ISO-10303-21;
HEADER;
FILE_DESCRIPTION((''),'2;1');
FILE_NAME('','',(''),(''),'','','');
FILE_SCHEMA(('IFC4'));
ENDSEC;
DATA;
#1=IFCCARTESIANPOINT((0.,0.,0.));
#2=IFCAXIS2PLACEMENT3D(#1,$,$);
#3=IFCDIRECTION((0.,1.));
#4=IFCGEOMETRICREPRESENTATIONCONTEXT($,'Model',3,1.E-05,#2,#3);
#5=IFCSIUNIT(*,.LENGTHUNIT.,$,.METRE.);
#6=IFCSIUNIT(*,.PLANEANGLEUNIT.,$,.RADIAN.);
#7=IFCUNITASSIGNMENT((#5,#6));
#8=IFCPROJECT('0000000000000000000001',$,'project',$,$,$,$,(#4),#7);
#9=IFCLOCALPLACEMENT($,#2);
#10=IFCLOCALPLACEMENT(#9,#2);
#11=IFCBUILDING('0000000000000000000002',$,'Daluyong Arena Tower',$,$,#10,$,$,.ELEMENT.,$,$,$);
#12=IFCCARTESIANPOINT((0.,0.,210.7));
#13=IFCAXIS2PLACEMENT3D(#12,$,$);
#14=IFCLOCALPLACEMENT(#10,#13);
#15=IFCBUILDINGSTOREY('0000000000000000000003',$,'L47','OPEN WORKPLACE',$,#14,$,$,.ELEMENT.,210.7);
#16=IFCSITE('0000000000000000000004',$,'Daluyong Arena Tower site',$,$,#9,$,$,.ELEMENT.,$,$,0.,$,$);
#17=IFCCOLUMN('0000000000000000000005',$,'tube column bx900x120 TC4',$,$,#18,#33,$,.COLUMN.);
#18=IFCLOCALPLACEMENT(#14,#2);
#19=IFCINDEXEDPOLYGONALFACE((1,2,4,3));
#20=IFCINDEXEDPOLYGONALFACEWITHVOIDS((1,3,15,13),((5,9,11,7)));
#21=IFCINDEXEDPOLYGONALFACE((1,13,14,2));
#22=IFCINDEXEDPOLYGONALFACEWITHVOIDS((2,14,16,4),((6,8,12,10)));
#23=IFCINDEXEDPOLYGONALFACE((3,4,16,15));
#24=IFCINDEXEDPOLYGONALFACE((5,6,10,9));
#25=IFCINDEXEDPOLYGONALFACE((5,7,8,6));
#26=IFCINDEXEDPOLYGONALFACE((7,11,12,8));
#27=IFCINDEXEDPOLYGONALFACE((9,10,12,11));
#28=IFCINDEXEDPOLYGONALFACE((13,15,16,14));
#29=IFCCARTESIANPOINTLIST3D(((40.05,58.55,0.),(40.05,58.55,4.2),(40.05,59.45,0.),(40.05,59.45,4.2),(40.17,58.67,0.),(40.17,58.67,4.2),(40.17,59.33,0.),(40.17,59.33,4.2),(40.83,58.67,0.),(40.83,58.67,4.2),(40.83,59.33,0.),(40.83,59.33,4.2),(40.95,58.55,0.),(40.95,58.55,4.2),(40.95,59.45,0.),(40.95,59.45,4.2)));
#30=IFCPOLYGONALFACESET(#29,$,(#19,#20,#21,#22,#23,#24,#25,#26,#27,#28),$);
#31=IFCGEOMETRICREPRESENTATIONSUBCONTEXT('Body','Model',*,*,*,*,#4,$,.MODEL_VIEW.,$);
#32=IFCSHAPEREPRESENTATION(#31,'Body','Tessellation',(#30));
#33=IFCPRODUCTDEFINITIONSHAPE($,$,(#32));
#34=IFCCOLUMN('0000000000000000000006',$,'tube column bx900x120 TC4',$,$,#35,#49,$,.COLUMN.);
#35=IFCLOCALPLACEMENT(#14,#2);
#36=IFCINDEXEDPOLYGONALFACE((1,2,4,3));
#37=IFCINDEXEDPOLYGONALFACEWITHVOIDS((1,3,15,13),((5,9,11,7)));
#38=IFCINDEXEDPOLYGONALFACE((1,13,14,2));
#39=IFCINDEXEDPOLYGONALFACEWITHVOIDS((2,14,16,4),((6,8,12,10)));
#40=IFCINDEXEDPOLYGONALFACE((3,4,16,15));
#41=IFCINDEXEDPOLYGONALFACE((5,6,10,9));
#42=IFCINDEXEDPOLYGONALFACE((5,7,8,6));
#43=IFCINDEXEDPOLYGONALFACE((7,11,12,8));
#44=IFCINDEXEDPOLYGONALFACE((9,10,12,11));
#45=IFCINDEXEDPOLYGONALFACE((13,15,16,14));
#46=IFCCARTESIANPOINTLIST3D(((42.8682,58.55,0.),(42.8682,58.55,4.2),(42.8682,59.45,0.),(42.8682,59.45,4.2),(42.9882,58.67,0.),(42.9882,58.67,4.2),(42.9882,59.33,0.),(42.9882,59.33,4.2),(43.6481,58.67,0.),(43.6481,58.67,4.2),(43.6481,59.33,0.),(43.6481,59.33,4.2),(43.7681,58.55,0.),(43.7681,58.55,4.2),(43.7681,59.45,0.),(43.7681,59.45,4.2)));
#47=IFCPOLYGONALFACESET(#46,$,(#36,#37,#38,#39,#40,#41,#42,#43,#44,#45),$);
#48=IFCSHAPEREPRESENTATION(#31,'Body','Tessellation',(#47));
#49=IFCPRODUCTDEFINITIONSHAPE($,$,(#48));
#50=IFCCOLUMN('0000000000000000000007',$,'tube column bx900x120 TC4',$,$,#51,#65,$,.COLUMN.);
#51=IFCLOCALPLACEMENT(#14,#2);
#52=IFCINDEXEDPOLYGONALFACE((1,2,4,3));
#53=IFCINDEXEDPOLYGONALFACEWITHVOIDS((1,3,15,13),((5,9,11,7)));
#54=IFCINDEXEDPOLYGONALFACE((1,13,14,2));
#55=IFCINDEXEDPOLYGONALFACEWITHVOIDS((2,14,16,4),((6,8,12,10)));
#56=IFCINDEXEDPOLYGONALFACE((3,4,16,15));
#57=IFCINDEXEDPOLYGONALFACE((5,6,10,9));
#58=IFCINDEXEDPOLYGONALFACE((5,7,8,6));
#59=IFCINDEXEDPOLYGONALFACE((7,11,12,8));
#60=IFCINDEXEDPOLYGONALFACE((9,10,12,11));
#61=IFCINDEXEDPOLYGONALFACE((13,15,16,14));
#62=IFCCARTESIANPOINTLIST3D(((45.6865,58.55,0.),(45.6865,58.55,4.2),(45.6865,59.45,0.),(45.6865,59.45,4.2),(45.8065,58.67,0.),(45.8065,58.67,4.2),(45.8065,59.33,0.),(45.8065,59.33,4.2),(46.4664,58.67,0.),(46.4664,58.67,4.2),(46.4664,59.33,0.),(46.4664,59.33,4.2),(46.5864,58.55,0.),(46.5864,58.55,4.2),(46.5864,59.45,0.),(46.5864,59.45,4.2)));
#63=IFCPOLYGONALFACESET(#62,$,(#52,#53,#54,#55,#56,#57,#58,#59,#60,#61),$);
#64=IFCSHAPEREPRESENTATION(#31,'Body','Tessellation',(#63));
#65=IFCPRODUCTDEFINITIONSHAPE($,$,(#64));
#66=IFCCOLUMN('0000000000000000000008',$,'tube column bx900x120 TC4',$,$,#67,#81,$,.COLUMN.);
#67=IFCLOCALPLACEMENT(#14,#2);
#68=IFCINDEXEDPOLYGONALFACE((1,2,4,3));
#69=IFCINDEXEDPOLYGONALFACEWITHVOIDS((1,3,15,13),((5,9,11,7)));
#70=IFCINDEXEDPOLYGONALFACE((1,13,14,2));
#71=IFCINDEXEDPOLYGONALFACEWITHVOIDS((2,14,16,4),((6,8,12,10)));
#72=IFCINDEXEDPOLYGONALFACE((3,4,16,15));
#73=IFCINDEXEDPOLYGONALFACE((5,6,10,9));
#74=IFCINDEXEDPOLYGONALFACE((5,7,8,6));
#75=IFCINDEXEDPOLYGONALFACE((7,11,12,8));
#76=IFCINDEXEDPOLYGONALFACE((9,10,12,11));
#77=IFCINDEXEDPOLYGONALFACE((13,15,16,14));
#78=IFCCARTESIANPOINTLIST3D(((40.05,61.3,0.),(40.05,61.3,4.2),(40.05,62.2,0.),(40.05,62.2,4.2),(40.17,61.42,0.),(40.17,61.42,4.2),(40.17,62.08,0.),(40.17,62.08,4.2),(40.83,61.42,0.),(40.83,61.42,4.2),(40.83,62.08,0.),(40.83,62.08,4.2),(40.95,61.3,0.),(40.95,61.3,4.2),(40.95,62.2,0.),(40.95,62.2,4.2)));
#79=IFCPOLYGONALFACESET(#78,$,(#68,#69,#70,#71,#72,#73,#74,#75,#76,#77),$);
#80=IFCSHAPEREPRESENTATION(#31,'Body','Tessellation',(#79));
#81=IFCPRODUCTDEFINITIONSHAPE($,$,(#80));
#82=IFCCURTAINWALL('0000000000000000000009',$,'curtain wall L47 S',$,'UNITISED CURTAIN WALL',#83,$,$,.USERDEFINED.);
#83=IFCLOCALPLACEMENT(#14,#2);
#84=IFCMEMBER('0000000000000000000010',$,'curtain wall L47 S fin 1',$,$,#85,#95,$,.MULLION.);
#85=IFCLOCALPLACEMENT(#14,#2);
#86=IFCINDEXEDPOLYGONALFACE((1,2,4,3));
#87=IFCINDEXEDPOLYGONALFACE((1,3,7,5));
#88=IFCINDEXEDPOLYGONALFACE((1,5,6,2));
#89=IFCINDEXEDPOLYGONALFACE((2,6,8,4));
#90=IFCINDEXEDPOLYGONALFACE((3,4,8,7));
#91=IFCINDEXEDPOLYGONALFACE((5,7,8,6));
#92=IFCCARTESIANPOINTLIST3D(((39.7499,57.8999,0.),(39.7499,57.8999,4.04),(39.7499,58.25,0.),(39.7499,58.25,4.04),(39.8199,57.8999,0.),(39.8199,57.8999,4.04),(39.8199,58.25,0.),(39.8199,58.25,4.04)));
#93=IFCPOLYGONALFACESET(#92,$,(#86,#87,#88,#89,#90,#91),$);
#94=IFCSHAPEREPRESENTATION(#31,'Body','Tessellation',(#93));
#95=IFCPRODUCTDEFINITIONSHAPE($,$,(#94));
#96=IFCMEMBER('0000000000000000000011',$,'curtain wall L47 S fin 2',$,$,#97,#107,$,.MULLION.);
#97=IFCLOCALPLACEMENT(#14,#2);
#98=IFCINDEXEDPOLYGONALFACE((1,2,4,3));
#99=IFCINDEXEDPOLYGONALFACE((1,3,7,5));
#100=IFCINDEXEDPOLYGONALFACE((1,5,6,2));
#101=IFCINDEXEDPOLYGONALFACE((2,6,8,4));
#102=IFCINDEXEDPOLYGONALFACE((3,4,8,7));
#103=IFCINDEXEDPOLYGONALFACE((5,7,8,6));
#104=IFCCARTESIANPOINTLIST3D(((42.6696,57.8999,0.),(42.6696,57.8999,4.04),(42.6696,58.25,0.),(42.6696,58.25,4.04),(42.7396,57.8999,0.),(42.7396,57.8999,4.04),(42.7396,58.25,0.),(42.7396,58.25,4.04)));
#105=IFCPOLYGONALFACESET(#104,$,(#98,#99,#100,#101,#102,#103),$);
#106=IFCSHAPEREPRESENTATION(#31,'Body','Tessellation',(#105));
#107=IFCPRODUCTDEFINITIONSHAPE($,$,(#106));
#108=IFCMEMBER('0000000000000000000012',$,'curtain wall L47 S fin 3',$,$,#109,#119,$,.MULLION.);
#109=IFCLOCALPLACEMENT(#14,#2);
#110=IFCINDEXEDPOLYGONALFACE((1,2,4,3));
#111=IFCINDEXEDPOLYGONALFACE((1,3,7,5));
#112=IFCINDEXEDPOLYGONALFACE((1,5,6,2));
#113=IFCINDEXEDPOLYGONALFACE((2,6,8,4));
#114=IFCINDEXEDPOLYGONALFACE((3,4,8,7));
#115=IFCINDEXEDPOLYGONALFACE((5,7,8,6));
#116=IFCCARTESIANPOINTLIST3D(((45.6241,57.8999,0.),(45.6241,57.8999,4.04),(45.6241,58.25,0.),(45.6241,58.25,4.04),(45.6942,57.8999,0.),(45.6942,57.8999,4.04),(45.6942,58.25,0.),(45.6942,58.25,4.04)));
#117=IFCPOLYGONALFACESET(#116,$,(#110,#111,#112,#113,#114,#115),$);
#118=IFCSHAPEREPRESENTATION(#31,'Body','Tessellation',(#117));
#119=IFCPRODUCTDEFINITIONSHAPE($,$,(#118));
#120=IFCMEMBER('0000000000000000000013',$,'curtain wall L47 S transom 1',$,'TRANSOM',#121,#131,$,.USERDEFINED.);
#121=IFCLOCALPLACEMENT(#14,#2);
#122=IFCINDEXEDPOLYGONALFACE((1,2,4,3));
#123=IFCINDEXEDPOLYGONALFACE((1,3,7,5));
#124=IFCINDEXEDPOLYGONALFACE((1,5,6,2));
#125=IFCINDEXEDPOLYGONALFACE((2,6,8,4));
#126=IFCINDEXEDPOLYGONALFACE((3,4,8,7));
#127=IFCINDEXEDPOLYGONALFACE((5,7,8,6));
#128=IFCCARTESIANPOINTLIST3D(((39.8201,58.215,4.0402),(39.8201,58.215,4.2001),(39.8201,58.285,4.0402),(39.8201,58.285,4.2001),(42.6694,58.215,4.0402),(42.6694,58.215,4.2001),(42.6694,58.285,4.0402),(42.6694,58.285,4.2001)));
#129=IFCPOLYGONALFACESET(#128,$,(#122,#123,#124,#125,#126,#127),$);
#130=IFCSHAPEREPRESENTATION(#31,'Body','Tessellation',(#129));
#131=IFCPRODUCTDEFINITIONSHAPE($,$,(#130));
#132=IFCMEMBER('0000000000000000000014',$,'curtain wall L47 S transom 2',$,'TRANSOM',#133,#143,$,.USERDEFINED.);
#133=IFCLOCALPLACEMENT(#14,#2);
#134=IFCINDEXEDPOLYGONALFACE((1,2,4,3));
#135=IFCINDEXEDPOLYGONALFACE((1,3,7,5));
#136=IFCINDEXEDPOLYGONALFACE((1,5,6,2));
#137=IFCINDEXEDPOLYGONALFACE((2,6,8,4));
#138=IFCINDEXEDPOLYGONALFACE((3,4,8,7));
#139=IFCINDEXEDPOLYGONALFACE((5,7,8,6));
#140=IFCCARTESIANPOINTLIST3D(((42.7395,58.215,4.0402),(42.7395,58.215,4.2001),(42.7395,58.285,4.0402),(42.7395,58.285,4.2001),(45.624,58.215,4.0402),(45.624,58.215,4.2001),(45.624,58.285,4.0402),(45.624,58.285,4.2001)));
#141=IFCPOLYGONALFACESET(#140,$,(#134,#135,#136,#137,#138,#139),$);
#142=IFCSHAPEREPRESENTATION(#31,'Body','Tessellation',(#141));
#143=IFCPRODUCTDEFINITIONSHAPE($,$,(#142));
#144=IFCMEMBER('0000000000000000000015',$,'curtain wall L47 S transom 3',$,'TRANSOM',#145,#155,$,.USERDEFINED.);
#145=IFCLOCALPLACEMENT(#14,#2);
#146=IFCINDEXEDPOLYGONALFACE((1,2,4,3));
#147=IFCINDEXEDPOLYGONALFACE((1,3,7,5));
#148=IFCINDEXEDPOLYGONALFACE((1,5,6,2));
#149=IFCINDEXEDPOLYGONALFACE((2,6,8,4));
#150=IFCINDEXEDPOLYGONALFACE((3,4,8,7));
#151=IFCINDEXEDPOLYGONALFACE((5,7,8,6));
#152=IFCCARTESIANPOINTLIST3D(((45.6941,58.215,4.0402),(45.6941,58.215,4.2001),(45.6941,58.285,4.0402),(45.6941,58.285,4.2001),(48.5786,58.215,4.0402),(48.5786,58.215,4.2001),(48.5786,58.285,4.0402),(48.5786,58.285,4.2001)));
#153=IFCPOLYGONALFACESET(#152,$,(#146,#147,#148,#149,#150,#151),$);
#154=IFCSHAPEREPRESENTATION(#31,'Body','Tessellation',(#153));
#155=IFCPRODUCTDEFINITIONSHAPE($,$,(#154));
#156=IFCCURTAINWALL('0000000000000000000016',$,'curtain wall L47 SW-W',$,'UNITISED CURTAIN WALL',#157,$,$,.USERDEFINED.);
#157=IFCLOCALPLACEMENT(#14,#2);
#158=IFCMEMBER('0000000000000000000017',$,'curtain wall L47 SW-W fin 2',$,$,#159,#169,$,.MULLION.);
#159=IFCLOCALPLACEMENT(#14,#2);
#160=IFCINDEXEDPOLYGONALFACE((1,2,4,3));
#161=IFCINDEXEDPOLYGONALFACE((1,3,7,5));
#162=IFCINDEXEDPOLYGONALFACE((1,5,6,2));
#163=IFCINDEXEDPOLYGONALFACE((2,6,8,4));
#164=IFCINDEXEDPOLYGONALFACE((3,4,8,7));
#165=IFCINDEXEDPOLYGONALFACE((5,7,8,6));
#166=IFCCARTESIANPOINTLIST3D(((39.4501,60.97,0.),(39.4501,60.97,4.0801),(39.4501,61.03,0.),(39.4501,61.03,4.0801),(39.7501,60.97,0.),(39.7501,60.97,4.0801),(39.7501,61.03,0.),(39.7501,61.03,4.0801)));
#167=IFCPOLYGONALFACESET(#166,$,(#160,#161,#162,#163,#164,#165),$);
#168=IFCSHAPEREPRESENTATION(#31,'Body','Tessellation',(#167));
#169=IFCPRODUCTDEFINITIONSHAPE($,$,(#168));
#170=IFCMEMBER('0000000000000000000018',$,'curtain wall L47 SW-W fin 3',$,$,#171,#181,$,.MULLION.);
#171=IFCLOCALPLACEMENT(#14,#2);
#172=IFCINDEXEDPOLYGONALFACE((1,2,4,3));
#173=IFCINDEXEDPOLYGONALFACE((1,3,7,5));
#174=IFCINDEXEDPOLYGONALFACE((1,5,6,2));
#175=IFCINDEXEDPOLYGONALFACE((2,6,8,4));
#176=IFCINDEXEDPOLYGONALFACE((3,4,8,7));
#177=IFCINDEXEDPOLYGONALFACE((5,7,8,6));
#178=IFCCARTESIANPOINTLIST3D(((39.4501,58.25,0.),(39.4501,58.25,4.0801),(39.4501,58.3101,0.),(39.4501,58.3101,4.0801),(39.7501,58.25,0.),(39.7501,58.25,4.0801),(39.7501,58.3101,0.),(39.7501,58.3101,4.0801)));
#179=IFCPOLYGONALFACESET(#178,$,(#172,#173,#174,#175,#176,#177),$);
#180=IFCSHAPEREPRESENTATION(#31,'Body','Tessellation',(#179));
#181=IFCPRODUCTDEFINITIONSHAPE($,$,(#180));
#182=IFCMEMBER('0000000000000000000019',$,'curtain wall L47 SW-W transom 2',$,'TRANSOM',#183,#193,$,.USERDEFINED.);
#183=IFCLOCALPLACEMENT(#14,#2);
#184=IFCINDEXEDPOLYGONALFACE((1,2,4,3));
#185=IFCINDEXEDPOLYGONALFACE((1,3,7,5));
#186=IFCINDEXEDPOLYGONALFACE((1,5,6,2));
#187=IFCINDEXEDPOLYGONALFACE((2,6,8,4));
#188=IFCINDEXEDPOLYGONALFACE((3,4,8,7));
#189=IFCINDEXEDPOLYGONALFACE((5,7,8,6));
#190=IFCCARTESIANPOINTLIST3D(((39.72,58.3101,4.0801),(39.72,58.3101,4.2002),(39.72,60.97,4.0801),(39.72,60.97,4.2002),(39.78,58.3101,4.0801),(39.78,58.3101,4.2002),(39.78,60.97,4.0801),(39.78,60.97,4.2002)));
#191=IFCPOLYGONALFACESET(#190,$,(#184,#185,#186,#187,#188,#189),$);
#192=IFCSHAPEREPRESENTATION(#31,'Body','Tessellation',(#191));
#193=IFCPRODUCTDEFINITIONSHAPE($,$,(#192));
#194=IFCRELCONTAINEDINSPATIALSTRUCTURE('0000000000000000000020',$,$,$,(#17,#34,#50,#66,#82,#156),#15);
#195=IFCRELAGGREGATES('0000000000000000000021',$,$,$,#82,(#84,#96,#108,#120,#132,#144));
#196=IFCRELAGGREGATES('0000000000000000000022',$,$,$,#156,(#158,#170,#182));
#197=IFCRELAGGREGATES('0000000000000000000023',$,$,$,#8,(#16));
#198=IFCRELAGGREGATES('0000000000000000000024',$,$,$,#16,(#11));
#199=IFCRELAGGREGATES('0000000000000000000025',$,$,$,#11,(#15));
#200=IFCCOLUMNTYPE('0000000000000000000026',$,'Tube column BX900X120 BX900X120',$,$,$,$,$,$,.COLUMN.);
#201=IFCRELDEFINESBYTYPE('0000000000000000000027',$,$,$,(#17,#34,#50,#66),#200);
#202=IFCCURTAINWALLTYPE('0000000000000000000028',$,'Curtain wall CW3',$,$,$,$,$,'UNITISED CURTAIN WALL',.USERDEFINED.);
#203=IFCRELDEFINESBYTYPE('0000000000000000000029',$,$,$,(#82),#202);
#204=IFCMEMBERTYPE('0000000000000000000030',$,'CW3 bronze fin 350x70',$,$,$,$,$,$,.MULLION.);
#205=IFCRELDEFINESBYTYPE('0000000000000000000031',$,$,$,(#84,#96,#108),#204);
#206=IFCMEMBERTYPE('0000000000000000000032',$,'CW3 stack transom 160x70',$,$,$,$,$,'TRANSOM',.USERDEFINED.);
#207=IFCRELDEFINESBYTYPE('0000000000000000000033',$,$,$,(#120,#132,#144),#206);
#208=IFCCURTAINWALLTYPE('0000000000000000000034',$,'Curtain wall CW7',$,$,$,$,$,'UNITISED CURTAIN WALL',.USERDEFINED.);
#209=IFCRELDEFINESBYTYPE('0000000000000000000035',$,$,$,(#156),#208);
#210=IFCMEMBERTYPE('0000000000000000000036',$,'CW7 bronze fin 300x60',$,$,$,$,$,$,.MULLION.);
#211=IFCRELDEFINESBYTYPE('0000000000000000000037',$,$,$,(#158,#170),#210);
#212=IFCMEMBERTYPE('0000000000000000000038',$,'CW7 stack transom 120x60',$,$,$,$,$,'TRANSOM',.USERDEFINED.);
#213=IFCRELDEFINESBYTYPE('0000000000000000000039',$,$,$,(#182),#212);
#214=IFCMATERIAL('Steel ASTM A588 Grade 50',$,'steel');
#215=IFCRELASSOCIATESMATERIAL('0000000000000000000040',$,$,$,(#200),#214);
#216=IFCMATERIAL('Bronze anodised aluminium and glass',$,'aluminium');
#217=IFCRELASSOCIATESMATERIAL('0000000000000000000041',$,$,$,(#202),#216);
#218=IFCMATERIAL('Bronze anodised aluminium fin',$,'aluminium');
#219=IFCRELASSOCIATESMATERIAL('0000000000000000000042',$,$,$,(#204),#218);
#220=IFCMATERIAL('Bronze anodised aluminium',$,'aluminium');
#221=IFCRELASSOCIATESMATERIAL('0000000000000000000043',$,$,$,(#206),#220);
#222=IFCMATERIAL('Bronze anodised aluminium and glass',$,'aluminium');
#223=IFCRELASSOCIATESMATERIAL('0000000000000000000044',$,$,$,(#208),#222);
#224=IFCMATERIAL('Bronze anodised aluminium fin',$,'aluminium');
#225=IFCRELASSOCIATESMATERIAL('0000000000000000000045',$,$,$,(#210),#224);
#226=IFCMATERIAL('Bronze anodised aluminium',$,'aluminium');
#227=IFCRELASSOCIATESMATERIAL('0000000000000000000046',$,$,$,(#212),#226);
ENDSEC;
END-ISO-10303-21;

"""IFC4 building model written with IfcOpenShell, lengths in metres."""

from ifc_helpers import new_model, si_unit, direction, frame, origin, origin_2d, place, context, subcontext, project, spatial, rectangle, hollow_rectangle, extrude, material, material_profile, profile_set, type_object, element, aggregate, save


model = new_model("IFC4")

# Units and contexts
model_context = context("Model", 3, precision=1e-05, world=origin(), true_north=direction((0.0, 1.0)))
body_context = subcontext(model_context, "Body", "Model", "MODEL_VIEW")
ifc_project = project(units=[si_unit("LENGTHUNIT", "METRE"), si_unit("PLANEANGLEUNIT", "RADIAN")], contexts=[model_context])

# Site, building, storey
site_placement = place(None, origin())
site = spatial("IfcSite", under=ifc_project, at=site_placement, Name="Daluyong Arena Tower site", CompositionType="ELEMENT", RefElevation=0.0)
building_placement = place(site_placement, origin())
building = spatial("IfcBuilding", under=site, at=building_placement, Name="Daluyong Arena Tower", CompositionType="ELEMENT")
storey_placement = place(building_placement, frame((0.0, 0.0, 210.7)))
storey = spatial("IfcBuildingStorey", under=building, at=storey_placement, Name="L47", Description="OPEN WORKPLACE", CompositionType="ELEMENT", Elevation=210.7)

# Columns
ifc_material_1 = material(Name="Steel ASTM A588 Grade 50", Category="steel")
ifc_material_profile_1 = material_profile(ifc_material_1, hollow_rectangle(XDim=0.8999, YDim=0.8999, WallThickness=0.12, at=origin_2d()))
ifc_profile_set_1 = profile_set([ifc_material_profile_1], Name="Steel ASTM A588 Grade 50")
column_type = type_object("IfcColumnType", Name="Tube column BX900X120 BX900X120", PredefinedType="COLUMN", material=ifc_profile_set_1)
for number, where, z_axis, x_axis, name in (
    (1, (40.5, 59.0, 0.0), (0.0, 0.0, 1.0), (1.0, 0.0, 0.0), "tube column bx900x120 TC4"),
    (2, (43.3181, 59.0, 0.0), (0.0, 0.0, 1.0), (1.0, 0.0, 0.0), "tube column bx900x120 TC4"),
    (3, (46.1365, 59.0, 0.0), (0.0, 0.0, 1.0), (1.0, 0.0, 0.0), "tube column bx900x120 TC4"),
    (4, (40.5, 61.75, 0.0), (0.0, 0.0, 1.0), (0.0, 1.0, 0.0), "tube column bx900x120 TC4"),
):
    element("IfcColumn", number, at=place(storey_placement, frame(where, z_axis=z_axis, x_axis=x_axis)), inside=storey, type_object=column_type, Name=name, PredefinedType="COLUMN", context=body_context, shape_type="SweptSolid", body=[
        extrude(hollow_rectangle(XDim=0.8999, YDim=0.8999, WallThickness=0.12, at=origin_2d()), origin(), (0.0, 0.0, 1.0), 4.2),
    ])

# Curtain walls, members
ifc_material_2 = material(Name="Bronze anodised aluminium and glass", Category="aluminium")
curtain_wall_type_1 = type_object("IfcCurtainWallType", Name="Curtain wall CW3", ElementType="UNITISED CURTAIN WALL", PredefinedType="USERDEFINED", material=ifc_material_2)
curtain_wall_1_placement = place(storey_placement, origin())
curtain_wall_1 = element("IfcCurtainWall", 5, at=curtain_wall_1_placement, inside=storey, type_object=curtain_wall_type_1, Name="curtain wall L47 S", ObjectType="UNITISED CURTAIN WALL", PredefinedType="USERDEFINED")
ifc_material_3 = material(Name="Bronze anodised aluminium fin", Category="aluminium")
ifc_material_profile_2 = material_profile(ifc_material_3, rectangle(XDim=0.3501, YDim=0.0701, at=origin_2d()))
ifc_profile_set_2 = profile_set([ifc_material_profile_2], Name="Bronze anodised aluminium fin")
member_type_1 = type_object("IfcMemberType", Name="CW3 bronze fin 350x70", PredefinedType="MULLION", material=ifc_profile_set_2)
member_1_placement = place(storey_placement, frame((39.7849, 58.075, 0.0), z_axis=(0.0, 0.0, 1.0), x_axis=(0.0, 1.0, 0.0)))
member_1 = element("IfcMember", 6, at=member_1_placement, type_object=member_type_1, Name="curtain wall L47 S fin 1", PredefinedType="MULLION", context=body_context, shape_type="SweptSolid", body=[
    extrude(rectangle(XDim=0.3501, YDim=0.0701, at=origin_2d()), origin(), (0.0, 0.0, 1.0), 4.04),
])
member_2_placement = place(storey_placement, frame((42.7046, 58.075, 0.0), z_axis=(0.0, 0.0, 1.0), x_axis=(0.0, 1.0, 0.0)))
member_2 = element("IfcMember", 7, at=member_2_placement, type_object=member_type_1, Name="curtain wall L47 S fin 2", PredefinedType="MULLION", context=body_context, shape_type="SweptSolid", body=[
    extrude(rectangle(XDim=0.3501, YDim=0.0701, at=origin_2d()), origin(), (0.0, 0.0, 1.0), 4.04),
])
member_3_placement = place(storey_placement, frame((45.6592, 58.075, 0.0), z_axis=(0.0, 0.0, 1.0), x_axis=(0.0, 1.0, 0.0)))
member_3 = element("IfcMember", 8, at=member_3_placement, type_object=member_type_1, Name="curtain wall L47 S fin 3", PredefinedType="MULLION", context=body_context, shape_type="SweptSolid", body=[
    extrude(rectangle(XDim=0.3501, YDim=0.0701, at=origin_2d()), origin(), (0.0, 0.0, 1.0), 4.04),
])
ifc_material_4 = material(Name="Bronze anodised aluminium", Category="aluminium")
ifc_material_profile_3 = material_profile(ifc_material_4, rectangle(XDim=0.0701, YDim=0.1599, at=origin_2d()))
ifc_profile_set_3 = profile_set([ifc_material_profile_3], Name="Bronze anodised aluminium")
member_type_2 = type_object("IfcMemberType", Name="CW3 stack transom 160x70", ElementType="TRANSOM", PredefinedType="USERDEFINED", material=ifc_profile_set_3)
member_4_placement = place(storey_placement, frame((39.8201, 58.25, 4.1201), z_axis=(1.0, 0.0, 0.0), x_axis=(0.0, 1.0, 0.0)))
member_4 = element("IfcMember", 9, at=member_4_placement, type_object=member_type_2, Name="curtain wall L47 S transom 1", ObjectType="TRANSOM", PredefinedType="USERDEFINED", context=body_context, shape_type="SweptSolid", body=[
    extrude(rectangle(XDim=0.0701, YDim=0.1599, at=origin_2d()), origin(), (0.0, 0.0, 1.0), 2.8494),
])
member_5_placement = place(storey_placement, frame((42.7395, 58.25, 4.1201), z_axis=(1.0, 0.0, 0.0), x_axis=(0.0, 1.0, 0.0)))
member_5 = element("IfcMember", 10, at=member_5_placement, type_object=member_type_2, Name="curtain wall L47 S transom 2", ObjectType="TRANSOM", PredefinedType="USERDEFINED", context=body_context, shape_type="SweptSolid", body=[
    extrude(rectangle(XDim=0.0701, YDim=0.1599, at=origin_2d()), origin(), (0.0, 0.0, 1.0), 2.8845),
])
member_6_placement = place(storey_placement, frame((45.6941, 58.25, 4.1201), z_axis=(1.0, 0.0, 0.0), x_axis=(0.0, 1.0, 0.0)))
member_6 = element("IfcMember", 11, at=member_6_placement, type_object=member_type_2, Name="curtain wall L47 S transom 3", ObjectType="TRANSOM", PredefinedType="USERDEFINED", context=body_context, shape_type="SweptSolid", body=[
    extrude(rectangle(XDim=0.0701, YDim=0.1599, at=origin_2d()), origin(), (0.0, 0.0, 1.0), 2.8845),
])
ifc_material_5 = material(Name="Bronze anodised aluminium and glass", Category="aluminium")
curtain_wall_type_2 = type_object("IfcCurtainWallType", Name="Curtain wall CW7", ElementType="UNITISED CURTAIN WALL", PredefinedType="USERDEFINED", material=ifc_material_5)
curtain_wall_2_placement = place(storey_placement, origin())
curtain_wall_2 = element("IfcCurtainWall", 12, at=curtain_wall_2_placement, inside=storey, type_object=curtain_wall_type_2, Name="curtain wall L47 SW-W", ObjectType="UNITISED CURTAIN WALL", PredefinedType="USERDEFINED")
ifc_material_6 = material(Name="Bronze anodised aluminium fin", Category="aluminium")
ifc_material_profile_4 = material_profile(ifc_material_6, rectangle(XDim=0.3, YDim=0.0601, at=origin_2d()))
ifc_profile_set_4 = profile_set([ifc_material_profile_4], Name="Bronze anodised aluminium fin")
member_type_3 = type_object("IfcMemberType", Name="CW7 bronze fin 300x60", PredefinedType="MULLION", material=ifc_profile_set_4)
member_7_placement = place(storey_placement, frame((39.6001, 61.0, 0.0), z_axis=(0.0, 0.0, 1.0), x_axis=(1.0, 0.0, 0.0)))
member_7 = element("IfcMember", 13, at=member_7_placement, type_object=member_type_3, Name="curtain wall L47 SW-W fin 2", PredefinedType="MULLION", context=body_context, shape_type="SweptSolid", body=[
    extrude(rectangle(XDim=0.3, YDim=0.0601, at=origin_2d()), origin(), (0.0, 0.0, 1.0), 4.0801),
])
member_8_placement = place(storey_placement, frame((39.6001, 58.28, 0.0), z_axis=(0.0, 0.0, 1.0), x_axis=(1.0, 0.0, 0.0)))
member_8 = element("IfcMember", 14, at=member_8_placement, type_object=member_type_3, Name="curtain wall L47 SW-W fin 3", PredefinedType="MULLION", context=body_context, shape_type="SweptSolid", body=[
    extrude(rectangle(XDim=0.3, YDim=0.0601, at=origin_2d()), origin(), (0.0, 0.0, 1.0), 4.0801),
])
ifc_material_7 = material(Name="Bronze anodised aluminium", Category="aluminium")
ifc_material_profile_5 = material_profile(ifc_material_7, rectangle(XDim=0.0601, YDim=0.1201, at=origin_2d()))
ifc_profile_set_5 = profile_set([ifc_material_profile_5], Name="Bronze anodised aluminium")
member_type_4 = type_object("IfcMemberType", Name="CW7 stack transom 120x60", ElementType="TRANSOM", PredefinedType="USERDEFINED", material=ifc_profile_set_5)
member_9_placement = place(storey_placement, frame((39.75, 60.97, 4.1401), z_axis=(0.0, -1.0, 0.0), x_axis=(1.0, 0.0, 0.0)))
member_9 = element("IfcMember", 15, at=member_9_placement, type_object=member_type_4, Name="curtain wall L47 SW-W transom 2", ObjectType="TRANSOM", PredefinedType="USERDEFINED", context=body_context, shape_type="SweptSolid", body=[
    extrude(rectangle(XDim=0.0601, YDim=0.1201, at=origin_2d()), origin(), (0.0, 0.0, 1.0), 2.6599),
])

aggregate(curtain_wall_1, [member_1, member_2, member_3, member_4, member_5, member_6])
aggregate(curtain_wall_2, [member_7, member_8, member_9])

save(model, "model.ifc")
